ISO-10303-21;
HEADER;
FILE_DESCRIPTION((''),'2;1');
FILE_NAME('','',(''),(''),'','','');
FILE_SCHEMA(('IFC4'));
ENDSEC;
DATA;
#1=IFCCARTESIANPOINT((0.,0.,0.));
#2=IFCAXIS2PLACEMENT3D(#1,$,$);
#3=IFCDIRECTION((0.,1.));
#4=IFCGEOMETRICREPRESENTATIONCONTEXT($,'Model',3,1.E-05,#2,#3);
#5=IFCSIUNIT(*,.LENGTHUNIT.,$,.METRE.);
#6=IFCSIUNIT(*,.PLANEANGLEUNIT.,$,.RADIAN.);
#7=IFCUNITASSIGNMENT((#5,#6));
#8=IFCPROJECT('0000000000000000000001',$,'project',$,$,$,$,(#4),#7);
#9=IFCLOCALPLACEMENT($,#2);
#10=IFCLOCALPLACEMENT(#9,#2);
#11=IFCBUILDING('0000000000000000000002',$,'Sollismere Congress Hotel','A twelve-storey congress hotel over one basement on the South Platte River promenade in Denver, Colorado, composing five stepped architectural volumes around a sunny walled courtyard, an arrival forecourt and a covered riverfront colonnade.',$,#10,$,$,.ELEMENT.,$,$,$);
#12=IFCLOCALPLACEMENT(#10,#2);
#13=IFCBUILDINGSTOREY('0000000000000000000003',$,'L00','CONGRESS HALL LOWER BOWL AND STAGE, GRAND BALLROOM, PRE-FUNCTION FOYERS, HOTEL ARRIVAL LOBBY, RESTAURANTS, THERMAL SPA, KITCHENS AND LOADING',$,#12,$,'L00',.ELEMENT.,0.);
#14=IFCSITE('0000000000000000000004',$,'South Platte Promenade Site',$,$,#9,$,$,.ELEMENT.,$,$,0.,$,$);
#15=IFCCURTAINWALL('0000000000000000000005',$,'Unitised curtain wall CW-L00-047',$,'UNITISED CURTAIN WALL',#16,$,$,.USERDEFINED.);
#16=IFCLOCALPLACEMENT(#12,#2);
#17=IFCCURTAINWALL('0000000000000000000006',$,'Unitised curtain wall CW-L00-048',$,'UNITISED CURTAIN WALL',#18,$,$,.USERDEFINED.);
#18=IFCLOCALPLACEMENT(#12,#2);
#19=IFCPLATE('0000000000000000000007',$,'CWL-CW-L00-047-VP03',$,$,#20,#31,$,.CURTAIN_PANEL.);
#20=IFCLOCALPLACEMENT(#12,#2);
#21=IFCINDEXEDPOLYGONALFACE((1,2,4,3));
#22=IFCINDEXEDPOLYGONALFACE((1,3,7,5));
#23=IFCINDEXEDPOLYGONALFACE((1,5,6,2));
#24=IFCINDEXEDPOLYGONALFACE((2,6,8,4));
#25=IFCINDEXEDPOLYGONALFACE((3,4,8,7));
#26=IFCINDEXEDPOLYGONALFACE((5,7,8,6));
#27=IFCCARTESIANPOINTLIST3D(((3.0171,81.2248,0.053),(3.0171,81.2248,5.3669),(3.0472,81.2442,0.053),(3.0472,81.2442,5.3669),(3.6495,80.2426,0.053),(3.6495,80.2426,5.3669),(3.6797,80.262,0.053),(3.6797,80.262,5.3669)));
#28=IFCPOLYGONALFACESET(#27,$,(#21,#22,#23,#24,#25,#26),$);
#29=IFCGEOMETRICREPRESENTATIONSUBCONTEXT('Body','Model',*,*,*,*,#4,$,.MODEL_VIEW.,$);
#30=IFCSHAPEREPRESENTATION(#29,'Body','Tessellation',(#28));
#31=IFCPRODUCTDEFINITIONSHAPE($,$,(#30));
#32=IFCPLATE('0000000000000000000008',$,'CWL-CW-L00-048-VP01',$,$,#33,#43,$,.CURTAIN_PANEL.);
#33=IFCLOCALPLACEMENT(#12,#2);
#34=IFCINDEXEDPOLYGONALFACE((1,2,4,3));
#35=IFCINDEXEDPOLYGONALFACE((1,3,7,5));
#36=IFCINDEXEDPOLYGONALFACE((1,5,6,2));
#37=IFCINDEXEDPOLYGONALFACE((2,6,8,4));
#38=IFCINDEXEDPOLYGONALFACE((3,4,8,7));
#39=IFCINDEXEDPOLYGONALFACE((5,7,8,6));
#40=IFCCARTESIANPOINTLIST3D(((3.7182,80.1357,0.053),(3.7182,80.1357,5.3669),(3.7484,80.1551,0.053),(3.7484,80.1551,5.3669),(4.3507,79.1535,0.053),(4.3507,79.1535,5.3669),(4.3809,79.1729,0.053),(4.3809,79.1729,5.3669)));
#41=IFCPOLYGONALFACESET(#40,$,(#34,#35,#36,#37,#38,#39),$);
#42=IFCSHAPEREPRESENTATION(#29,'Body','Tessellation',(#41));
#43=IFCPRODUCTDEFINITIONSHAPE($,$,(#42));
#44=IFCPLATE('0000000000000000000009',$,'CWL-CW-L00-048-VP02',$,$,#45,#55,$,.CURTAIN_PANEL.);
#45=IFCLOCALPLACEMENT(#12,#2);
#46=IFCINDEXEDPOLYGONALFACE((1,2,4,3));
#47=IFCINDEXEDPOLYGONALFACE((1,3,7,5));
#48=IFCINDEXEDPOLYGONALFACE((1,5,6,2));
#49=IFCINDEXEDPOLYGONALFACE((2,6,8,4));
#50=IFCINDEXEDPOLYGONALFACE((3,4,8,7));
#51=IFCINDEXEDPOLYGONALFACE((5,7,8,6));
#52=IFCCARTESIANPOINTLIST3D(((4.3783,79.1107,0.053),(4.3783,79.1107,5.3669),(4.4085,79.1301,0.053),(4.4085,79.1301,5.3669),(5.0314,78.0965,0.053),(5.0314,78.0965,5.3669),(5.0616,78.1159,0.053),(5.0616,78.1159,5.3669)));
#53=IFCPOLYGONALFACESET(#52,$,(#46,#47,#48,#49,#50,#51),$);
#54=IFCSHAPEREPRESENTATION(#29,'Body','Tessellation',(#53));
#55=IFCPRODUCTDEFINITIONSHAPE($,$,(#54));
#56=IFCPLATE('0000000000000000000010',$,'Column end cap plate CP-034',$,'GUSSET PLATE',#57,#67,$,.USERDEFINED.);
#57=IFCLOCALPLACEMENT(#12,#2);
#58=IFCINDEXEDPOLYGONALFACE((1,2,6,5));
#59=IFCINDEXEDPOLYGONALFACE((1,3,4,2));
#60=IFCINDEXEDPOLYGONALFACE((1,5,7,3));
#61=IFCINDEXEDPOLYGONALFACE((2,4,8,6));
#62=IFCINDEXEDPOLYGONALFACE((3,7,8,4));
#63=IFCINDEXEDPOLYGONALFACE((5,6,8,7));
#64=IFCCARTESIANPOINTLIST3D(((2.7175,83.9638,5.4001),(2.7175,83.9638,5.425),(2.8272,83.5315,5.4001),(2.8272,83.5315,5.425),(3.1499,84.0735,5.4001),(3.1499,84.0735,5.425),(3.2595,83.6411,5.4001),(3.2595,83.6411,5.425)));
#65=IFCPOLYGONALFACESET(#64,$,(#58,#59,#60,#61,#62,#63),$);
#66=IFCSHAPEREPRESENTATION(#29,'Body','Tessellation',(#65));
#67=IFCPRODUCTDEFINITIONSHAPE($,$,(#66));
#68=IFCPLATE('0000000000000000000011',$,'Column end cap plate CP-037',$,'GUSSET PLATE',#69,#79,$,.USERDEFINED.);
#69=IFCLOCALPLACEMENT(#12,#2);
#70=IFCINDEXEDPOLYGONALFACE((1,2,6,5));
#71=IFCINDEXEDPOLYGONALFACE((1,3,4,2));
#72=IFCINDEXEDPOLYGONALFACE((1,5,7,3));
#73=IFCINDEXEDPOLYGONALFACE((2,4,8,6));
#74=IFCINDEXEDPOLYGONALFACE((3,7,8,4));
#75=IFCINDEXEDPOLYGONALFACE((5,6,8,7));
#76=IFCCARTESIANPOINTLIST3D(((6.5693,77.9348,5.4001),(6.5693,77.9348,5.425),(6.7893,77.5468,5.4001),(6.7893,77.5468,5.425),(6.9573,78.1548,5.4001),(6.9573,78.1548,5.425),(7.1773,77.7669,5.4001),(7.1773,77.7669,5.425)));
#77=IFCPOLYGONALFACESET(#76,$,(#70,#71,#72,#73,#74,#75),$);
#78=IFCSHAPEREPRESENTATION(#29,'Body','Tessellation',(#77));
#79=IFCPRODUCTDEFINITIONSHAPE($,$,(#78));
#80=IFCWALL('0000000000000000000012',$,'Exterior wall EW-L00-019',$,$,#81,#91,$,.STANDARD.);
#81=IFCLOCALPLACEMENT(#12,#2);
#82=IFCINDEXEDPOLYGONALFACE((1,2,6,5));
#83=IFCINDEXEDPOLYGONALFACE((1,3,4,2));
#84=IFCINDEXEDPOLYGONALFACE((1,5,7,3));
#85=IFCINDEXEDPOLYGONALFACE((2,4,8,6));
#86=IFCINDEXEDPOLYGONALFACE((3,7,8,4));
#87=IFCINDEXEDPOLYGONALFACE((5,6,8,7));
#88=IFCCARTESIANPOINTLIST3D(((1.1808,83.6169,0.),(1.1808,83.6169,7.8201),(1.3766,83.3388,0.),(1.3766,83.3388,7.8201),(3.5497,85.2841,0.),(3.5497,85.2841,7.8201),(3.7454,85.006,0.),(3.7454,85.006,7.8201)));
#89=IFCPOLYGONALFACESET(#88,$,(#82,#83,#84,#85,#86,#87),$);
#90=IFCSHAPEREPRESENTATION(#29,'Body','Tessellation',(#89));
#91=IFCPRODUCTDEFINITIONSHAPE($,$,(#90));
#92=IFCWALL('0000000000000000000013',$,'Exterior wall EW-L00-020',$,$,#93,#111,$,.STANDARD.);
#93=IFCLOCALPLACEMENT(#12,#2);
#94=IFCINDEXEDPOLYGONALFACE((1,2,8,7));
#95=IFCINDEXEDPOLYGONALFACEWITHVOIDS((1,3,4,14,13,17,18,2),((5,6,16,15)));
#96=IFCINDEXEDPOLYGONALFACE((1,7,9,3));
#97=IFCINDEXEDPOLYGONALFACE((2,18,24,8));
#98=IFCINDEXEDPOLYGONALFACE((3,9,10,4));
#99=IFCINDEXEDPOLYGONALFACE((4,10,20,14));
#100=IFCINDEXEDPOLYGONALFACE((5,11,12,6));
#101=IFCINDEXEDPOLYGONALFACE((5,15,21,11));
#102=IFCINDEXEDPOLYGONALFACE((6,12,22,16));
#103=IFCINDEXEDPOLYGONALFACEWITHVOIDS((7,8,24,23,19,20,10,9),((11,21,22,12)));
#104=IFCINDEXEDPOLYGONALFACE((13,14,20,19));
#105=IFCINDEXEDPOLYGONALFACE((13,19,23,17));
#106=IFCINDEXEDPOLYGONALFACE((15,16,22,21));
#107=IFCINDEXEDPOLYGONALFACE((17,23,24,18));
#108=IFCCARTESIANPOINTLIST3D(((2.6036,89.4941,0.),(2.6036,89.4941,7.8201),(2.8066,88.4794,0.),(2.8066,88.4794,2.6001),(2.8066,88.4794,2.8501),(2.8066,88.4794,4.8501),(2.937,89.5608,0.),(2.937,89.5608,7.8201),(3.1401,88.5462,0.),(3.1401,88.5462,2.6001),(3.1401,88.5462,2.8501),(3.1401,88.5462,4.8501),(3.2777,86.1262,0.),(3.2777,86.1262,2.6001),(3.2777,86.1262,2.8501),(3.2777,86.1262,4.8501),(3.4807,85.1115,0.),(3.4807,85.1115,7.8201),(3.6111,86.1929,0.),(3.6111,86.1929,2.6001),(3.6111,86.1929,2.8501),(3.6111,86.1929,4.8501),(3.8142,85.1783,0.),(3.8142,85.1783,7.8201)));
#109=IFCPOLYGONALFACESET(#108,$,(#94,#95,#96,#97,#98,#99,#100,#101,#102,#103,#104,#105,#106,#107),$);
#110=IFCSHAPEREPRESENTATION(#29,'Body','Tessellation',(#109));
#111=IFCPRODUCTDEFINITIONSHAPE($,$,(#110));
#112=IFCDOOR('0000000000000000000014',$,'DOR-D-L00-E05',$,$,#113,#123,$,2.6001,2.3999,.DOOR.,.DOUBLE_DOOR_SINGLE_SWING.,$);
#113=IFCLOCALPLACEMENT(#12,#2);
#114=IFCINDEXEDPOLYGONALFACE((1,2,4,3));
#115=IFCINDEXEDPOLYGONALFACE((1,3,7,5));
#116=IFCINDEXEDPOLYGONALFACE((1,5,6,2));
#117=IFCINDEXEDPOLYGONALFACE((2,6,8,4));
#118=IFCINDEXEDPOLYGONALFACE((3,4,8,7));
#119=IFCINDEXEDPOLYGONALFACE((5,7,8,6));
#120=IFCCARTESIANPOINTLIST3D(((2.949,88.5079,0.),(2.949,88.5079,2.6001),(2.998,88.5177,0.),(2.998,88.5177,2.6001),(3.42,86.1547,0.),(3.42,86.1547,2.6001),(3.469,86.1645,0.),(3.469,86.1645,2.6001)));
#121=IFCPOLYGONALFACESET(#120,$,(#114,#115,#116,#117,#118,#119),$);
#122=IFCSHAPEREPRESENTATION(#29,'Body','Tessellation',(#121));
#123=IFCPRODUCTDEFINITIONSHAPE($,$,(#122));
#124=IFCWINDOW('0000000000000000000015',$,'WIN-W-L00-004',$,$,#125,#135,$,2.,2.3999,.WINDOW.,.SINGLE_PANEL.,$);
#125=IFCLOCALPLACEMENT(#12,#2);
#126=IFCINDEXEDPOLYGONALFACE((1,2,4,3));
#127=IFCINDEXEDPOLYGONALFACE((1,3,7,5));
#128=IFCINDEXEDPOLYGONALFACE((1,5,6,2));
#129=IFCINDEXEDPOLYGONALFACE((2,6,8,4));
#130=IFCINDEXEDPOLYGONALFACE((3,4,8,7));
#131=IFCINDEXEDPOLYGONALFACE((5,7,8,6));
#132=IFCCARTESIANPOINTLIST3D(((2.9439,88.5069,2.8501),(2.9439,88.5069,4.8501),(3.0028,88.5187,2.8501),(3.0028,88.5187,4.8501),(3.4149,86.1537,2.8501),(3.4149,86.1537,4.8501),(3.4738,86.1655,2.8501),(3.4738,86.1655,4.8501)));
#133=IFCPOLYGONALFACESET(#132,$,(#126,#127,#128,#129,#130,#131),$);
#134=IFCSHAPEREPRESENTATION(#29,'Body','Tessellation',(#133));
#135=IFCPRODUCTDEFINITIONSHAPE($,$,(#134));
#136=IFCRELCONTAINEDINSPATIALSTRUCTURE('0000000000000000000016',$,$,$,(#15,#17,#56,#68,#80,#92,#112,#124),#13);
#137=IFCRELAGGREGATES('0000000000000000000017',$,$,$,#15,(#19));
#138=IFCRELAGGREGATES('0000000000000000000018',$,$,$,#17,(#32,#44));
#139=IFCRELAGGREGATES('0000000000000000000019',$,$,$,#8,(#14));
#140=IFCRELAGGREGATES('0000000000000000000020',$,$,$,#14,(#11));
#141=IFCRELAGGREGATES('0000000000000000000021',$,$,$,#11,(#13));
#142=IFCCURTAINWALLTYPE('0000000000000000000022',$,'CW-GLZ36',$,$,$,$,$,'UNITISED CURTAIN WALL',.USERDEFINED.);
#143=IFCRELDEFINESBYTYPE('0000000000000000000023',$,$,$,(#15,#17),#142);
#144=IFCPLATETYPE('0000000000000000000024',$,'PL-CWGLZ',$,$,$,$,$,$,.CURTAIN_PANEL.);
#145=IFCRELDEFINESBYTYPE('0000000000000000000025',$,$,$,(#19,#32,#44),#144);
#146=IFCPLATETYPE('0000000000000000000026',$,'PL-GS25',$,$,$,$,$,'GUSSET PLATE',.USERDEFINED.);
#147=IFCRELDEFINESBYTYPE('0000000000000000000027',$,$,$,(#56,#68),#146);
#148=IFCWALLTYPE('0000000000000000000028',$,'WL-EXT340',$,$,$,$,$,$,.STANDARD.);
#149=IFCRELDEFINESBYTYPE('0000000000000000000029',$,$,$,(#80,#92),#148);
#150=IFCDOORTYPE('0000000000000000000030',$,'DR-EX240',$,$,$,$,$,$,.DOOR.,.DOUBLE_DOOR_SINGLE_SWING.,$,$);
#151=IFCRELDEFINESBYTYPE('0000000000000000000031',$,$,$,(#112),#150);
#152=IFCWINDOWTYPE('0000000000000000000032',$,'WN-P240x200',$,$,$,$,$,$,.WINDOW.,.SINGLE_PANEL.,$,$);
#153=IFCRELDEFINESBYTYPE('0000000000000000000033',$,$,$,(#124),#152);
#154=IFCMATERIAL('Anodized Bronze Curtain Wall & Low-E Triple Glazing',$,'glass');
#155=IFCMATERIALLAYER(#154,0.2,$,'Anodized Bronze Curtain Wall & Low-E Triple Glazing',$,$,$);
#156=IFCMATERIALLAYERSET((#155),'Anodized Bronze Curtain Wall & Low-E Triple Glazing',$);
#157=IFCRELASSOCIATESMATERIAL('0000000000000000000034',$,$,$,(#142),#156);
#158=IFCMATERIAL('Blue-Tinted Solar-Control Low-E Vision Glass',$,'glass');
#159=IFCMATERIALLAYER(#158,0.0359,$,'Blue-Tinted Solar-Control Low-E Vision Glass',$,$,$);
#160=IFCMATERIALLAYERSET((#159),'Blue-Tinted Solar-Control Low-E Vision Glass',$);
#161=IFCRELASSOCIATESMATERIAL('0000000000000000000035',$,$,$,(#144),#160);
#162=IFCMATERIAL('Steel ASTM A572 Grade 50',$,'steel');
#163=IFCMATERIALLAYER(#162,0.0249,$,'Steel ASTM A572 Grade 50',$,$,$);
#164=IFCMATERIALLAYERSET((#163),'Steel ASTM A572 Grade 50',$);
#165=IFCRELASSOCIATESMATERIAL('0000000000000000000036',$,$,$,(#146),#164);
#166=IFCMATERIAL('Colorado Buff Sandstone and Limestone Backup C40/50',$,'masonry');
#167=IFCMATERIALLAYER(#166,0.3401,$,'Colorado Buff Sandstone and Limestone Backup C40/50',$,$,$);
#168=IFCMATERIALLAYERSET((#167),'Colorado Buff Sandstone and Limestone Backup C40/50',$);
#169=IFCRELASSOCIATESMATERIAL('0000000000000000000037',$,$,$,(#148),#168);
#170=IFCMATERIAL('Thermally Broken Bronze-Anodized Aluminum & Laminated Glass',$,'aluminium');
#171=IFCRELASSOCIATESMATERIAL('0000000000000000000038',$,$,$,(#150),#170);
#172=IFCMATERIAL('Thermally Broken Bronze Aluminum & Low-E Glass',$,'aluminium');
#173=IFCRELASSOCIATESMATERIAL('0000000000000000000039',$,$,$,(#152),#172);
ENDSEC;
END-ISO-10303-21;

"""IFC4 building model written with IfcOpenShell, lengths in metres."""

from ifc_helpers import new_model, si_unit, direction, frame, frame_2d, origin, origin_2d, place, context, subcontext, project, spatial, rectangle, extrude, material, layer, layer_set, type_object, element, fill, aggregate, save


model = new_model("IFC4")

# Units and contexts
model_context = context("Model", 3, precision=1e-05, world=origin(), true_north=direction((0.0, 1.0)))
body_context = subcontext(model_context, "Body", "Model", "MODEL_VIEW")
ifc_project = project(units=[si_unit("LENGTHUNIT", "METRE"), si_unit("PLANEANGLEUNIT", "RADIAN")], contexts=[model_context])

# Site, building, storey
site_placement = place(None, origin())
site = spatial("IfcSite", under=ifc_project, at=site_placement, Name="South Platte Promenade Site", CompositionType="ELEMENT", RefElevation=0.0)
building_placement = place(site_placement, origin())
building = spatial("IfcBuilding", under=site, at=building_placement, Name="Sollismere Congress Hotel", Description="A twelve-storey congress hotel over one basement on the South Platte River promenade in Denver, Colorado, composing five stepped architectural volumes around a sunny walled courtyard, an arrival forecourt and a covered riverfront colonnade.", CompositionType="ELEMENT")
storey_placement = place(building_placement, origin())
storey = spatial("IfcBuildingStorey", under=building, at=storey_placement, Name="L00", Description="CONGRESS HALL LOWER BOWL AND STAGE, GRAND BALLROOM, PRE-FUNCTION FOYERS, HOTEL ARRIVAL LOBBY, RESTAURANTS, THERMAL SPA, KITCHENS AND LOADING", LongName="L00", CompositionType="ELEMENT", Elevation=0.0)

# Curtain walls
ifc_material_1 = material(Name="Anodized Bronze Curtain Wall & Low-E Triple Glazing", Category="glass")
ifc_layer_1 = layer(ifc_material_1, 0.2, Name="Anodized Bronze Curtain Wall & Low-E Triple Glazing")
ifc_layer_set_1 = layer_set([ifc_layer_1], Name="Anodized Bronze Curtain Wall & Low-E Triple Glazing")
curtain_wall_type = type_object("IfcCurtainWallType", Name="CW-GLZ36", ElementType="UNITISED CURTAIN WALL", PredefinedType="USERDEFINED", material=ifc_layer_set_1)
curtain_wall_1_placement = place(storey_placement, origin())
curtain_wall_1 = element("IfcCurtainWall", 1, at=curtain_wall_1_placement, inside=storey, type_object=curtain_wall_type, Name="Unitised curtain wall CW-L00-047", ObjectType="UNITISED CURTAIN WALL", PredefinedType="USERDEFINED")
curtain_wall_2_placement = place(storey_placement, origin())
curtain_wall_2 = element("IfcCurtainWall", 2, at=curtain_wall_2_placement, inside=storey, type_object=curtain_wall_type, Name="Unitised curtain wall CW-L00-048", ObjectType="UNITISED CURTAIN WALL", PredefinedType="USERDEFINED")

# Plates
ifc_material_2 = material(Name="Blue-Tinted Solar-Control Low-E Vision Glass", Category="glass")
ifc_layer_2 = layer(ifc_material_2, 0.0359, Name="Blue-Tinted Solar-Control Low-E Vision Glass")
ifc_layer_set_2 = layer_set([ifc_layer_2], Name="Blue-Tinted Solar-Control Low-E Vision Glass")
plate_type_1 = type_object("IfcPlateType", Name="PL-CWGLZ", PredefinedType="CURTAIN_PANEL", material=ifc_layer_set_2)
plate_1_placement = place(storey_placement, frame((3.3484, 80.7434, 0.053), z_axis=(0.0, 0.0, 1.0), x_axis=(0.541385, -0.840775, 0.0)))
plate_1 = element("IfcPlate", 3, at=plate_1_placement, type_object=plate_type_1, Name="CWL-CW-L00-047-VP03", PredefinedType="CURTAIN_PANEL", context=body_context, shape_type="SweptSolid", body=[
    extrude(rectangle(XDim=1.1682, YDim=0.0359, at=origin_2d()), origin(), (0.0, 0.0, 1.0), 5.314),
])
aggregate(curtain_wall_1, [plate_1])
plate_2_placement = place(storey_placement, frame((4.0496, 79.6543, 0.053), z_axis=(0.0, 0.0, 1.0), x_axis=(0.541385, -0.840775, 0.0)))
plate_2 = element("IfcPlate", 4, at=plate_2_placement, type_object=plate_type_1, Name="CWL-CW-L00-048-VP01", PredefinedType="CURTAIN_PANEL", context=body_context, shape_type="SweptSolid", body=[
    extrude(rectangle(XDim=1.1682, YDim=0.0359, at=origin_2d()), origin(), (0.0, 0.0, 1.0), 5.314),
])
plate_3_placement = place(storey_placement, frame((4.72, 78.6133, 0.053), z_axis=(0.0, 0.0, 1.0), x_axis=(0.541385, -0.840775, 0.0)))
plate_3 = element("IfcPlate", 5, at=plate_3_placement, type_object=plate_type_1, Name="CWL-CW-L00-048-VP02", PredefinedType="CURTAIN_PANEL", context=body_context, shape_type="SweptSolid", body=[
    extrude(rectangle(XDim=1.2063, YDim=0.0359, at=origin_2d()), origin(), (0.0, 0.0, 1.0), 5.314),
])
aggregate(curtain_wall_2, [plate_2, plate_3])

# Plates
ifc_material_3 = material(Name="Steel ASTM A572 Grade 50", Category="steel")
ifc_layer_3 = layer(ifc_material_3, 0.0249, Name="Steel ASTM A572 Grade 50")
ifc_layer_set_3 = layer_set([ifc_layer_3], Name="Steel ASTM A572 Grade 50")
plate_type_2 = type_object("IfcPlateType", Name="PL-GS25", ElementType="GUSSET PLATE", PredefinedType="USERDEFINED", material=ifc_layer_set_3)
for number, where, z_axis, x_axis, name in (
    (6, (2.9885, 83.8025, 5.4001), (0.0, 0.0, 1.0), (-0.969317, -0.245815, 0.0), "Column end cap plate CP-034"),
    (7, (6.8733, 77.8508, 5.4001), (0.0, 0.0, 1.0), (-0.86984, -0.493335, 0.0), "Column end cap plate CP-037"),
):
    element("IfcPlate", number, at=place(storey_placement, frame(where, z_axis=z_axis, x_axis=x_axis)), inside=storey, type_object=plate_type_2, Name=name, ObjectType="GUSSET PLATE", PredefinedType="USERDEFINED", context=body_context, shape_type="SweptSolid", body=[
        extrude(rectangle(XDim=0.446, YDim=0.446, at=origin_2d()), origin(), (0.0, 0.0, 1.0), 0.0249),
    ])

# Wall
ifc_material_4 = material(Name="Colorado Buff Sandstone and Limestone Backup C40/50", Category="masonry")
ifc_layer_4 = layer(ifc_material_4, 0.3401, Name="Colorado Buff Sandstone and Limestone Backup C40/50")
ifc_layer_set_4 = layer_set([ifc_layer_4], Name="Colorado Buff Sandstone and Limestone Backup C40/50")
wall_type = type_object("IfcWallType", Name="WL-EXT340", PredefinedType="STANDARD", material=ifc_layer_set_4)
wall_1_placement = place(storey_placement, frame((3.6475, 85.145, 0.0), z_axis=(0.0, 0.0, 1.0), x_axis=(-0.817768, -0.575548, 0.0)))
element("IfcWall", 8, at=wall_1_placement, inside=storey, type_object=wall_type, Name="Exterior wall EW-L00-019", PredefinedType="STANDARD", context=body_context, shape_type="SweptSolid", body=[
    extrude(rectangle(XDim=2.8967, YDim=0.3401, at=frame_2d((1.4482, 0.0))), origin(), (0.0, 0.0, 1.0), 7.8201),
])

# Wall, openings, door, window
wall_2_placement = place(storey_placement, frame((2.7703, 89.5276, 0.0), z_axis=(0.0, 0.0, 1.0), x_axis=(0.196263, -0.980551, 0.0)))
wall_2 = element("IfcWall", 9, at=wall_2_placement, inside=storey, type_object=wall_type, Name="Exterior wall EW-L00-020", PredefinedType="STANDARD", context=body_context, shape_type="SweptSolid", body=[
    extrude(rectangle(XDim=4.4695, YDim=0.3401, at=frame_2d((2.2349, 0.0))), origin(), (0.0, 0.0, 1.0), 7.8201),
])
opening_1_placement = place(wall_2_placement, frame((1.0349, 0.0, 0.0)))
opening_1 = element("IfcOpeningElement", 10, at=opening_1_placement, cuts=wall_2, PredefinedType="OPENING", context=body_context, shape_type="SweptSolid", body=[
    extrude(rectangle(XDim=2.3999, YDim=2.6001, at=frame_2d((1.2, 1.3))), frame((0.0, 0.1799, 0.0), z_axis=(0.0, -1.0, 0.0), x_axis=(1.0, 0.0, 0.0)), (0.0, 0.0, 1.0), 0.3601),
])
opening_2_placement = place(wall_2_placement, frame((1.0349, 0.0, 2.8501)))
opening_2 = element("IfcOpeningElement", 11, at=opening_2_placement, cuts=wall_2, PredefinedType="OPENING", context=body_context, shape_type="SweptSolid", body=[
    extrude(rectangle(XDim=2.3999, YDim=2.0, at=frame_2d((1.2, 1.0))), frame((0.0, 0.1799, 0.0), z_axis=(0.0, -1.0, 0.0), x_axis=(1.0, 0.0, 0.0)), (0.0, 0.0, 1.0), 0.3601),
])
ifc_material_5 = material(Name="Thermally Broken Bronze-Anodized Aluminum & Laminated Glass", Category="aluminium")
door_type = type_object("IfcDoorType", Name="DR-EX240", OperationType="DOUBLE_DOOR_SINGLE_SWING", PredefinedType="DOOR", material=ifc_material_5)
door_placement = place(opening_1_placement, frame((2.3999, 0.0, 0.0), z_axis=(0.0, 0.0, 1.0), x_axis=(-1.0, 0.0, 0.0)))
door = element("IfcDoor", 12, at=door_placement, inside=storey, type_object=door_type, Name="DOR-D-L00-E05", OperationType="DOUBLE_DOOR_SINGLE_SWING", OverallHeight=2.6001, OverallWidth=2.3999, PredefinedType="DOOR", context=body_context, shape_type="SweptSolid", body=[
    extrude(rectangle(XDim=2.3999, YDim=2.6001, at=frame_2d((1.2, 1.3))), frame((0.0, 0.0249, 0.0), z_axis=(0.0, -1.0, 0.0), x_axis=(1.0, 0.0, 0.0)), (0.0, 0.0, 1.0), 0.05),
])
fill(opening_1, door)
ifc_material_6 = material(Name="Thermally Broken Bronze Aluminum & Low-E Glass", Category="aluminium")
window_type = type_object("IfcWindowType", Name="WN-P240x200", PartitioningType="SINGLE_PANEL", PredefinedType="WINDOW", material=ifc_material_6)
window_placement = place(opening_2_placement, origin())
window = element("IfcWindow", 13, at=window_placement, inside=storey, type_object=window_type, Name="WIN-W-L00-004", OverallHeight=2.0, OverallWidth=2.3999, PartitioningType="SINGLE_PANEL", PredefinedType="WINDOW", context=body_context, shape_type="SweptSolid", body=[
    extrude(rectangle(XDim=2.3999, YDim=2.0, at=frame_2d((1.2, 1.0))), frame((0.0, 0.03, 0.0), z_axis=(0.0, -1.0, 0.0), x_axis=(1.0, 0.0, 0.0)), (0.0, 0.0, 1.0), 0.0601),
])
fill(opening_2, window)

save(model, "model.ifc")
